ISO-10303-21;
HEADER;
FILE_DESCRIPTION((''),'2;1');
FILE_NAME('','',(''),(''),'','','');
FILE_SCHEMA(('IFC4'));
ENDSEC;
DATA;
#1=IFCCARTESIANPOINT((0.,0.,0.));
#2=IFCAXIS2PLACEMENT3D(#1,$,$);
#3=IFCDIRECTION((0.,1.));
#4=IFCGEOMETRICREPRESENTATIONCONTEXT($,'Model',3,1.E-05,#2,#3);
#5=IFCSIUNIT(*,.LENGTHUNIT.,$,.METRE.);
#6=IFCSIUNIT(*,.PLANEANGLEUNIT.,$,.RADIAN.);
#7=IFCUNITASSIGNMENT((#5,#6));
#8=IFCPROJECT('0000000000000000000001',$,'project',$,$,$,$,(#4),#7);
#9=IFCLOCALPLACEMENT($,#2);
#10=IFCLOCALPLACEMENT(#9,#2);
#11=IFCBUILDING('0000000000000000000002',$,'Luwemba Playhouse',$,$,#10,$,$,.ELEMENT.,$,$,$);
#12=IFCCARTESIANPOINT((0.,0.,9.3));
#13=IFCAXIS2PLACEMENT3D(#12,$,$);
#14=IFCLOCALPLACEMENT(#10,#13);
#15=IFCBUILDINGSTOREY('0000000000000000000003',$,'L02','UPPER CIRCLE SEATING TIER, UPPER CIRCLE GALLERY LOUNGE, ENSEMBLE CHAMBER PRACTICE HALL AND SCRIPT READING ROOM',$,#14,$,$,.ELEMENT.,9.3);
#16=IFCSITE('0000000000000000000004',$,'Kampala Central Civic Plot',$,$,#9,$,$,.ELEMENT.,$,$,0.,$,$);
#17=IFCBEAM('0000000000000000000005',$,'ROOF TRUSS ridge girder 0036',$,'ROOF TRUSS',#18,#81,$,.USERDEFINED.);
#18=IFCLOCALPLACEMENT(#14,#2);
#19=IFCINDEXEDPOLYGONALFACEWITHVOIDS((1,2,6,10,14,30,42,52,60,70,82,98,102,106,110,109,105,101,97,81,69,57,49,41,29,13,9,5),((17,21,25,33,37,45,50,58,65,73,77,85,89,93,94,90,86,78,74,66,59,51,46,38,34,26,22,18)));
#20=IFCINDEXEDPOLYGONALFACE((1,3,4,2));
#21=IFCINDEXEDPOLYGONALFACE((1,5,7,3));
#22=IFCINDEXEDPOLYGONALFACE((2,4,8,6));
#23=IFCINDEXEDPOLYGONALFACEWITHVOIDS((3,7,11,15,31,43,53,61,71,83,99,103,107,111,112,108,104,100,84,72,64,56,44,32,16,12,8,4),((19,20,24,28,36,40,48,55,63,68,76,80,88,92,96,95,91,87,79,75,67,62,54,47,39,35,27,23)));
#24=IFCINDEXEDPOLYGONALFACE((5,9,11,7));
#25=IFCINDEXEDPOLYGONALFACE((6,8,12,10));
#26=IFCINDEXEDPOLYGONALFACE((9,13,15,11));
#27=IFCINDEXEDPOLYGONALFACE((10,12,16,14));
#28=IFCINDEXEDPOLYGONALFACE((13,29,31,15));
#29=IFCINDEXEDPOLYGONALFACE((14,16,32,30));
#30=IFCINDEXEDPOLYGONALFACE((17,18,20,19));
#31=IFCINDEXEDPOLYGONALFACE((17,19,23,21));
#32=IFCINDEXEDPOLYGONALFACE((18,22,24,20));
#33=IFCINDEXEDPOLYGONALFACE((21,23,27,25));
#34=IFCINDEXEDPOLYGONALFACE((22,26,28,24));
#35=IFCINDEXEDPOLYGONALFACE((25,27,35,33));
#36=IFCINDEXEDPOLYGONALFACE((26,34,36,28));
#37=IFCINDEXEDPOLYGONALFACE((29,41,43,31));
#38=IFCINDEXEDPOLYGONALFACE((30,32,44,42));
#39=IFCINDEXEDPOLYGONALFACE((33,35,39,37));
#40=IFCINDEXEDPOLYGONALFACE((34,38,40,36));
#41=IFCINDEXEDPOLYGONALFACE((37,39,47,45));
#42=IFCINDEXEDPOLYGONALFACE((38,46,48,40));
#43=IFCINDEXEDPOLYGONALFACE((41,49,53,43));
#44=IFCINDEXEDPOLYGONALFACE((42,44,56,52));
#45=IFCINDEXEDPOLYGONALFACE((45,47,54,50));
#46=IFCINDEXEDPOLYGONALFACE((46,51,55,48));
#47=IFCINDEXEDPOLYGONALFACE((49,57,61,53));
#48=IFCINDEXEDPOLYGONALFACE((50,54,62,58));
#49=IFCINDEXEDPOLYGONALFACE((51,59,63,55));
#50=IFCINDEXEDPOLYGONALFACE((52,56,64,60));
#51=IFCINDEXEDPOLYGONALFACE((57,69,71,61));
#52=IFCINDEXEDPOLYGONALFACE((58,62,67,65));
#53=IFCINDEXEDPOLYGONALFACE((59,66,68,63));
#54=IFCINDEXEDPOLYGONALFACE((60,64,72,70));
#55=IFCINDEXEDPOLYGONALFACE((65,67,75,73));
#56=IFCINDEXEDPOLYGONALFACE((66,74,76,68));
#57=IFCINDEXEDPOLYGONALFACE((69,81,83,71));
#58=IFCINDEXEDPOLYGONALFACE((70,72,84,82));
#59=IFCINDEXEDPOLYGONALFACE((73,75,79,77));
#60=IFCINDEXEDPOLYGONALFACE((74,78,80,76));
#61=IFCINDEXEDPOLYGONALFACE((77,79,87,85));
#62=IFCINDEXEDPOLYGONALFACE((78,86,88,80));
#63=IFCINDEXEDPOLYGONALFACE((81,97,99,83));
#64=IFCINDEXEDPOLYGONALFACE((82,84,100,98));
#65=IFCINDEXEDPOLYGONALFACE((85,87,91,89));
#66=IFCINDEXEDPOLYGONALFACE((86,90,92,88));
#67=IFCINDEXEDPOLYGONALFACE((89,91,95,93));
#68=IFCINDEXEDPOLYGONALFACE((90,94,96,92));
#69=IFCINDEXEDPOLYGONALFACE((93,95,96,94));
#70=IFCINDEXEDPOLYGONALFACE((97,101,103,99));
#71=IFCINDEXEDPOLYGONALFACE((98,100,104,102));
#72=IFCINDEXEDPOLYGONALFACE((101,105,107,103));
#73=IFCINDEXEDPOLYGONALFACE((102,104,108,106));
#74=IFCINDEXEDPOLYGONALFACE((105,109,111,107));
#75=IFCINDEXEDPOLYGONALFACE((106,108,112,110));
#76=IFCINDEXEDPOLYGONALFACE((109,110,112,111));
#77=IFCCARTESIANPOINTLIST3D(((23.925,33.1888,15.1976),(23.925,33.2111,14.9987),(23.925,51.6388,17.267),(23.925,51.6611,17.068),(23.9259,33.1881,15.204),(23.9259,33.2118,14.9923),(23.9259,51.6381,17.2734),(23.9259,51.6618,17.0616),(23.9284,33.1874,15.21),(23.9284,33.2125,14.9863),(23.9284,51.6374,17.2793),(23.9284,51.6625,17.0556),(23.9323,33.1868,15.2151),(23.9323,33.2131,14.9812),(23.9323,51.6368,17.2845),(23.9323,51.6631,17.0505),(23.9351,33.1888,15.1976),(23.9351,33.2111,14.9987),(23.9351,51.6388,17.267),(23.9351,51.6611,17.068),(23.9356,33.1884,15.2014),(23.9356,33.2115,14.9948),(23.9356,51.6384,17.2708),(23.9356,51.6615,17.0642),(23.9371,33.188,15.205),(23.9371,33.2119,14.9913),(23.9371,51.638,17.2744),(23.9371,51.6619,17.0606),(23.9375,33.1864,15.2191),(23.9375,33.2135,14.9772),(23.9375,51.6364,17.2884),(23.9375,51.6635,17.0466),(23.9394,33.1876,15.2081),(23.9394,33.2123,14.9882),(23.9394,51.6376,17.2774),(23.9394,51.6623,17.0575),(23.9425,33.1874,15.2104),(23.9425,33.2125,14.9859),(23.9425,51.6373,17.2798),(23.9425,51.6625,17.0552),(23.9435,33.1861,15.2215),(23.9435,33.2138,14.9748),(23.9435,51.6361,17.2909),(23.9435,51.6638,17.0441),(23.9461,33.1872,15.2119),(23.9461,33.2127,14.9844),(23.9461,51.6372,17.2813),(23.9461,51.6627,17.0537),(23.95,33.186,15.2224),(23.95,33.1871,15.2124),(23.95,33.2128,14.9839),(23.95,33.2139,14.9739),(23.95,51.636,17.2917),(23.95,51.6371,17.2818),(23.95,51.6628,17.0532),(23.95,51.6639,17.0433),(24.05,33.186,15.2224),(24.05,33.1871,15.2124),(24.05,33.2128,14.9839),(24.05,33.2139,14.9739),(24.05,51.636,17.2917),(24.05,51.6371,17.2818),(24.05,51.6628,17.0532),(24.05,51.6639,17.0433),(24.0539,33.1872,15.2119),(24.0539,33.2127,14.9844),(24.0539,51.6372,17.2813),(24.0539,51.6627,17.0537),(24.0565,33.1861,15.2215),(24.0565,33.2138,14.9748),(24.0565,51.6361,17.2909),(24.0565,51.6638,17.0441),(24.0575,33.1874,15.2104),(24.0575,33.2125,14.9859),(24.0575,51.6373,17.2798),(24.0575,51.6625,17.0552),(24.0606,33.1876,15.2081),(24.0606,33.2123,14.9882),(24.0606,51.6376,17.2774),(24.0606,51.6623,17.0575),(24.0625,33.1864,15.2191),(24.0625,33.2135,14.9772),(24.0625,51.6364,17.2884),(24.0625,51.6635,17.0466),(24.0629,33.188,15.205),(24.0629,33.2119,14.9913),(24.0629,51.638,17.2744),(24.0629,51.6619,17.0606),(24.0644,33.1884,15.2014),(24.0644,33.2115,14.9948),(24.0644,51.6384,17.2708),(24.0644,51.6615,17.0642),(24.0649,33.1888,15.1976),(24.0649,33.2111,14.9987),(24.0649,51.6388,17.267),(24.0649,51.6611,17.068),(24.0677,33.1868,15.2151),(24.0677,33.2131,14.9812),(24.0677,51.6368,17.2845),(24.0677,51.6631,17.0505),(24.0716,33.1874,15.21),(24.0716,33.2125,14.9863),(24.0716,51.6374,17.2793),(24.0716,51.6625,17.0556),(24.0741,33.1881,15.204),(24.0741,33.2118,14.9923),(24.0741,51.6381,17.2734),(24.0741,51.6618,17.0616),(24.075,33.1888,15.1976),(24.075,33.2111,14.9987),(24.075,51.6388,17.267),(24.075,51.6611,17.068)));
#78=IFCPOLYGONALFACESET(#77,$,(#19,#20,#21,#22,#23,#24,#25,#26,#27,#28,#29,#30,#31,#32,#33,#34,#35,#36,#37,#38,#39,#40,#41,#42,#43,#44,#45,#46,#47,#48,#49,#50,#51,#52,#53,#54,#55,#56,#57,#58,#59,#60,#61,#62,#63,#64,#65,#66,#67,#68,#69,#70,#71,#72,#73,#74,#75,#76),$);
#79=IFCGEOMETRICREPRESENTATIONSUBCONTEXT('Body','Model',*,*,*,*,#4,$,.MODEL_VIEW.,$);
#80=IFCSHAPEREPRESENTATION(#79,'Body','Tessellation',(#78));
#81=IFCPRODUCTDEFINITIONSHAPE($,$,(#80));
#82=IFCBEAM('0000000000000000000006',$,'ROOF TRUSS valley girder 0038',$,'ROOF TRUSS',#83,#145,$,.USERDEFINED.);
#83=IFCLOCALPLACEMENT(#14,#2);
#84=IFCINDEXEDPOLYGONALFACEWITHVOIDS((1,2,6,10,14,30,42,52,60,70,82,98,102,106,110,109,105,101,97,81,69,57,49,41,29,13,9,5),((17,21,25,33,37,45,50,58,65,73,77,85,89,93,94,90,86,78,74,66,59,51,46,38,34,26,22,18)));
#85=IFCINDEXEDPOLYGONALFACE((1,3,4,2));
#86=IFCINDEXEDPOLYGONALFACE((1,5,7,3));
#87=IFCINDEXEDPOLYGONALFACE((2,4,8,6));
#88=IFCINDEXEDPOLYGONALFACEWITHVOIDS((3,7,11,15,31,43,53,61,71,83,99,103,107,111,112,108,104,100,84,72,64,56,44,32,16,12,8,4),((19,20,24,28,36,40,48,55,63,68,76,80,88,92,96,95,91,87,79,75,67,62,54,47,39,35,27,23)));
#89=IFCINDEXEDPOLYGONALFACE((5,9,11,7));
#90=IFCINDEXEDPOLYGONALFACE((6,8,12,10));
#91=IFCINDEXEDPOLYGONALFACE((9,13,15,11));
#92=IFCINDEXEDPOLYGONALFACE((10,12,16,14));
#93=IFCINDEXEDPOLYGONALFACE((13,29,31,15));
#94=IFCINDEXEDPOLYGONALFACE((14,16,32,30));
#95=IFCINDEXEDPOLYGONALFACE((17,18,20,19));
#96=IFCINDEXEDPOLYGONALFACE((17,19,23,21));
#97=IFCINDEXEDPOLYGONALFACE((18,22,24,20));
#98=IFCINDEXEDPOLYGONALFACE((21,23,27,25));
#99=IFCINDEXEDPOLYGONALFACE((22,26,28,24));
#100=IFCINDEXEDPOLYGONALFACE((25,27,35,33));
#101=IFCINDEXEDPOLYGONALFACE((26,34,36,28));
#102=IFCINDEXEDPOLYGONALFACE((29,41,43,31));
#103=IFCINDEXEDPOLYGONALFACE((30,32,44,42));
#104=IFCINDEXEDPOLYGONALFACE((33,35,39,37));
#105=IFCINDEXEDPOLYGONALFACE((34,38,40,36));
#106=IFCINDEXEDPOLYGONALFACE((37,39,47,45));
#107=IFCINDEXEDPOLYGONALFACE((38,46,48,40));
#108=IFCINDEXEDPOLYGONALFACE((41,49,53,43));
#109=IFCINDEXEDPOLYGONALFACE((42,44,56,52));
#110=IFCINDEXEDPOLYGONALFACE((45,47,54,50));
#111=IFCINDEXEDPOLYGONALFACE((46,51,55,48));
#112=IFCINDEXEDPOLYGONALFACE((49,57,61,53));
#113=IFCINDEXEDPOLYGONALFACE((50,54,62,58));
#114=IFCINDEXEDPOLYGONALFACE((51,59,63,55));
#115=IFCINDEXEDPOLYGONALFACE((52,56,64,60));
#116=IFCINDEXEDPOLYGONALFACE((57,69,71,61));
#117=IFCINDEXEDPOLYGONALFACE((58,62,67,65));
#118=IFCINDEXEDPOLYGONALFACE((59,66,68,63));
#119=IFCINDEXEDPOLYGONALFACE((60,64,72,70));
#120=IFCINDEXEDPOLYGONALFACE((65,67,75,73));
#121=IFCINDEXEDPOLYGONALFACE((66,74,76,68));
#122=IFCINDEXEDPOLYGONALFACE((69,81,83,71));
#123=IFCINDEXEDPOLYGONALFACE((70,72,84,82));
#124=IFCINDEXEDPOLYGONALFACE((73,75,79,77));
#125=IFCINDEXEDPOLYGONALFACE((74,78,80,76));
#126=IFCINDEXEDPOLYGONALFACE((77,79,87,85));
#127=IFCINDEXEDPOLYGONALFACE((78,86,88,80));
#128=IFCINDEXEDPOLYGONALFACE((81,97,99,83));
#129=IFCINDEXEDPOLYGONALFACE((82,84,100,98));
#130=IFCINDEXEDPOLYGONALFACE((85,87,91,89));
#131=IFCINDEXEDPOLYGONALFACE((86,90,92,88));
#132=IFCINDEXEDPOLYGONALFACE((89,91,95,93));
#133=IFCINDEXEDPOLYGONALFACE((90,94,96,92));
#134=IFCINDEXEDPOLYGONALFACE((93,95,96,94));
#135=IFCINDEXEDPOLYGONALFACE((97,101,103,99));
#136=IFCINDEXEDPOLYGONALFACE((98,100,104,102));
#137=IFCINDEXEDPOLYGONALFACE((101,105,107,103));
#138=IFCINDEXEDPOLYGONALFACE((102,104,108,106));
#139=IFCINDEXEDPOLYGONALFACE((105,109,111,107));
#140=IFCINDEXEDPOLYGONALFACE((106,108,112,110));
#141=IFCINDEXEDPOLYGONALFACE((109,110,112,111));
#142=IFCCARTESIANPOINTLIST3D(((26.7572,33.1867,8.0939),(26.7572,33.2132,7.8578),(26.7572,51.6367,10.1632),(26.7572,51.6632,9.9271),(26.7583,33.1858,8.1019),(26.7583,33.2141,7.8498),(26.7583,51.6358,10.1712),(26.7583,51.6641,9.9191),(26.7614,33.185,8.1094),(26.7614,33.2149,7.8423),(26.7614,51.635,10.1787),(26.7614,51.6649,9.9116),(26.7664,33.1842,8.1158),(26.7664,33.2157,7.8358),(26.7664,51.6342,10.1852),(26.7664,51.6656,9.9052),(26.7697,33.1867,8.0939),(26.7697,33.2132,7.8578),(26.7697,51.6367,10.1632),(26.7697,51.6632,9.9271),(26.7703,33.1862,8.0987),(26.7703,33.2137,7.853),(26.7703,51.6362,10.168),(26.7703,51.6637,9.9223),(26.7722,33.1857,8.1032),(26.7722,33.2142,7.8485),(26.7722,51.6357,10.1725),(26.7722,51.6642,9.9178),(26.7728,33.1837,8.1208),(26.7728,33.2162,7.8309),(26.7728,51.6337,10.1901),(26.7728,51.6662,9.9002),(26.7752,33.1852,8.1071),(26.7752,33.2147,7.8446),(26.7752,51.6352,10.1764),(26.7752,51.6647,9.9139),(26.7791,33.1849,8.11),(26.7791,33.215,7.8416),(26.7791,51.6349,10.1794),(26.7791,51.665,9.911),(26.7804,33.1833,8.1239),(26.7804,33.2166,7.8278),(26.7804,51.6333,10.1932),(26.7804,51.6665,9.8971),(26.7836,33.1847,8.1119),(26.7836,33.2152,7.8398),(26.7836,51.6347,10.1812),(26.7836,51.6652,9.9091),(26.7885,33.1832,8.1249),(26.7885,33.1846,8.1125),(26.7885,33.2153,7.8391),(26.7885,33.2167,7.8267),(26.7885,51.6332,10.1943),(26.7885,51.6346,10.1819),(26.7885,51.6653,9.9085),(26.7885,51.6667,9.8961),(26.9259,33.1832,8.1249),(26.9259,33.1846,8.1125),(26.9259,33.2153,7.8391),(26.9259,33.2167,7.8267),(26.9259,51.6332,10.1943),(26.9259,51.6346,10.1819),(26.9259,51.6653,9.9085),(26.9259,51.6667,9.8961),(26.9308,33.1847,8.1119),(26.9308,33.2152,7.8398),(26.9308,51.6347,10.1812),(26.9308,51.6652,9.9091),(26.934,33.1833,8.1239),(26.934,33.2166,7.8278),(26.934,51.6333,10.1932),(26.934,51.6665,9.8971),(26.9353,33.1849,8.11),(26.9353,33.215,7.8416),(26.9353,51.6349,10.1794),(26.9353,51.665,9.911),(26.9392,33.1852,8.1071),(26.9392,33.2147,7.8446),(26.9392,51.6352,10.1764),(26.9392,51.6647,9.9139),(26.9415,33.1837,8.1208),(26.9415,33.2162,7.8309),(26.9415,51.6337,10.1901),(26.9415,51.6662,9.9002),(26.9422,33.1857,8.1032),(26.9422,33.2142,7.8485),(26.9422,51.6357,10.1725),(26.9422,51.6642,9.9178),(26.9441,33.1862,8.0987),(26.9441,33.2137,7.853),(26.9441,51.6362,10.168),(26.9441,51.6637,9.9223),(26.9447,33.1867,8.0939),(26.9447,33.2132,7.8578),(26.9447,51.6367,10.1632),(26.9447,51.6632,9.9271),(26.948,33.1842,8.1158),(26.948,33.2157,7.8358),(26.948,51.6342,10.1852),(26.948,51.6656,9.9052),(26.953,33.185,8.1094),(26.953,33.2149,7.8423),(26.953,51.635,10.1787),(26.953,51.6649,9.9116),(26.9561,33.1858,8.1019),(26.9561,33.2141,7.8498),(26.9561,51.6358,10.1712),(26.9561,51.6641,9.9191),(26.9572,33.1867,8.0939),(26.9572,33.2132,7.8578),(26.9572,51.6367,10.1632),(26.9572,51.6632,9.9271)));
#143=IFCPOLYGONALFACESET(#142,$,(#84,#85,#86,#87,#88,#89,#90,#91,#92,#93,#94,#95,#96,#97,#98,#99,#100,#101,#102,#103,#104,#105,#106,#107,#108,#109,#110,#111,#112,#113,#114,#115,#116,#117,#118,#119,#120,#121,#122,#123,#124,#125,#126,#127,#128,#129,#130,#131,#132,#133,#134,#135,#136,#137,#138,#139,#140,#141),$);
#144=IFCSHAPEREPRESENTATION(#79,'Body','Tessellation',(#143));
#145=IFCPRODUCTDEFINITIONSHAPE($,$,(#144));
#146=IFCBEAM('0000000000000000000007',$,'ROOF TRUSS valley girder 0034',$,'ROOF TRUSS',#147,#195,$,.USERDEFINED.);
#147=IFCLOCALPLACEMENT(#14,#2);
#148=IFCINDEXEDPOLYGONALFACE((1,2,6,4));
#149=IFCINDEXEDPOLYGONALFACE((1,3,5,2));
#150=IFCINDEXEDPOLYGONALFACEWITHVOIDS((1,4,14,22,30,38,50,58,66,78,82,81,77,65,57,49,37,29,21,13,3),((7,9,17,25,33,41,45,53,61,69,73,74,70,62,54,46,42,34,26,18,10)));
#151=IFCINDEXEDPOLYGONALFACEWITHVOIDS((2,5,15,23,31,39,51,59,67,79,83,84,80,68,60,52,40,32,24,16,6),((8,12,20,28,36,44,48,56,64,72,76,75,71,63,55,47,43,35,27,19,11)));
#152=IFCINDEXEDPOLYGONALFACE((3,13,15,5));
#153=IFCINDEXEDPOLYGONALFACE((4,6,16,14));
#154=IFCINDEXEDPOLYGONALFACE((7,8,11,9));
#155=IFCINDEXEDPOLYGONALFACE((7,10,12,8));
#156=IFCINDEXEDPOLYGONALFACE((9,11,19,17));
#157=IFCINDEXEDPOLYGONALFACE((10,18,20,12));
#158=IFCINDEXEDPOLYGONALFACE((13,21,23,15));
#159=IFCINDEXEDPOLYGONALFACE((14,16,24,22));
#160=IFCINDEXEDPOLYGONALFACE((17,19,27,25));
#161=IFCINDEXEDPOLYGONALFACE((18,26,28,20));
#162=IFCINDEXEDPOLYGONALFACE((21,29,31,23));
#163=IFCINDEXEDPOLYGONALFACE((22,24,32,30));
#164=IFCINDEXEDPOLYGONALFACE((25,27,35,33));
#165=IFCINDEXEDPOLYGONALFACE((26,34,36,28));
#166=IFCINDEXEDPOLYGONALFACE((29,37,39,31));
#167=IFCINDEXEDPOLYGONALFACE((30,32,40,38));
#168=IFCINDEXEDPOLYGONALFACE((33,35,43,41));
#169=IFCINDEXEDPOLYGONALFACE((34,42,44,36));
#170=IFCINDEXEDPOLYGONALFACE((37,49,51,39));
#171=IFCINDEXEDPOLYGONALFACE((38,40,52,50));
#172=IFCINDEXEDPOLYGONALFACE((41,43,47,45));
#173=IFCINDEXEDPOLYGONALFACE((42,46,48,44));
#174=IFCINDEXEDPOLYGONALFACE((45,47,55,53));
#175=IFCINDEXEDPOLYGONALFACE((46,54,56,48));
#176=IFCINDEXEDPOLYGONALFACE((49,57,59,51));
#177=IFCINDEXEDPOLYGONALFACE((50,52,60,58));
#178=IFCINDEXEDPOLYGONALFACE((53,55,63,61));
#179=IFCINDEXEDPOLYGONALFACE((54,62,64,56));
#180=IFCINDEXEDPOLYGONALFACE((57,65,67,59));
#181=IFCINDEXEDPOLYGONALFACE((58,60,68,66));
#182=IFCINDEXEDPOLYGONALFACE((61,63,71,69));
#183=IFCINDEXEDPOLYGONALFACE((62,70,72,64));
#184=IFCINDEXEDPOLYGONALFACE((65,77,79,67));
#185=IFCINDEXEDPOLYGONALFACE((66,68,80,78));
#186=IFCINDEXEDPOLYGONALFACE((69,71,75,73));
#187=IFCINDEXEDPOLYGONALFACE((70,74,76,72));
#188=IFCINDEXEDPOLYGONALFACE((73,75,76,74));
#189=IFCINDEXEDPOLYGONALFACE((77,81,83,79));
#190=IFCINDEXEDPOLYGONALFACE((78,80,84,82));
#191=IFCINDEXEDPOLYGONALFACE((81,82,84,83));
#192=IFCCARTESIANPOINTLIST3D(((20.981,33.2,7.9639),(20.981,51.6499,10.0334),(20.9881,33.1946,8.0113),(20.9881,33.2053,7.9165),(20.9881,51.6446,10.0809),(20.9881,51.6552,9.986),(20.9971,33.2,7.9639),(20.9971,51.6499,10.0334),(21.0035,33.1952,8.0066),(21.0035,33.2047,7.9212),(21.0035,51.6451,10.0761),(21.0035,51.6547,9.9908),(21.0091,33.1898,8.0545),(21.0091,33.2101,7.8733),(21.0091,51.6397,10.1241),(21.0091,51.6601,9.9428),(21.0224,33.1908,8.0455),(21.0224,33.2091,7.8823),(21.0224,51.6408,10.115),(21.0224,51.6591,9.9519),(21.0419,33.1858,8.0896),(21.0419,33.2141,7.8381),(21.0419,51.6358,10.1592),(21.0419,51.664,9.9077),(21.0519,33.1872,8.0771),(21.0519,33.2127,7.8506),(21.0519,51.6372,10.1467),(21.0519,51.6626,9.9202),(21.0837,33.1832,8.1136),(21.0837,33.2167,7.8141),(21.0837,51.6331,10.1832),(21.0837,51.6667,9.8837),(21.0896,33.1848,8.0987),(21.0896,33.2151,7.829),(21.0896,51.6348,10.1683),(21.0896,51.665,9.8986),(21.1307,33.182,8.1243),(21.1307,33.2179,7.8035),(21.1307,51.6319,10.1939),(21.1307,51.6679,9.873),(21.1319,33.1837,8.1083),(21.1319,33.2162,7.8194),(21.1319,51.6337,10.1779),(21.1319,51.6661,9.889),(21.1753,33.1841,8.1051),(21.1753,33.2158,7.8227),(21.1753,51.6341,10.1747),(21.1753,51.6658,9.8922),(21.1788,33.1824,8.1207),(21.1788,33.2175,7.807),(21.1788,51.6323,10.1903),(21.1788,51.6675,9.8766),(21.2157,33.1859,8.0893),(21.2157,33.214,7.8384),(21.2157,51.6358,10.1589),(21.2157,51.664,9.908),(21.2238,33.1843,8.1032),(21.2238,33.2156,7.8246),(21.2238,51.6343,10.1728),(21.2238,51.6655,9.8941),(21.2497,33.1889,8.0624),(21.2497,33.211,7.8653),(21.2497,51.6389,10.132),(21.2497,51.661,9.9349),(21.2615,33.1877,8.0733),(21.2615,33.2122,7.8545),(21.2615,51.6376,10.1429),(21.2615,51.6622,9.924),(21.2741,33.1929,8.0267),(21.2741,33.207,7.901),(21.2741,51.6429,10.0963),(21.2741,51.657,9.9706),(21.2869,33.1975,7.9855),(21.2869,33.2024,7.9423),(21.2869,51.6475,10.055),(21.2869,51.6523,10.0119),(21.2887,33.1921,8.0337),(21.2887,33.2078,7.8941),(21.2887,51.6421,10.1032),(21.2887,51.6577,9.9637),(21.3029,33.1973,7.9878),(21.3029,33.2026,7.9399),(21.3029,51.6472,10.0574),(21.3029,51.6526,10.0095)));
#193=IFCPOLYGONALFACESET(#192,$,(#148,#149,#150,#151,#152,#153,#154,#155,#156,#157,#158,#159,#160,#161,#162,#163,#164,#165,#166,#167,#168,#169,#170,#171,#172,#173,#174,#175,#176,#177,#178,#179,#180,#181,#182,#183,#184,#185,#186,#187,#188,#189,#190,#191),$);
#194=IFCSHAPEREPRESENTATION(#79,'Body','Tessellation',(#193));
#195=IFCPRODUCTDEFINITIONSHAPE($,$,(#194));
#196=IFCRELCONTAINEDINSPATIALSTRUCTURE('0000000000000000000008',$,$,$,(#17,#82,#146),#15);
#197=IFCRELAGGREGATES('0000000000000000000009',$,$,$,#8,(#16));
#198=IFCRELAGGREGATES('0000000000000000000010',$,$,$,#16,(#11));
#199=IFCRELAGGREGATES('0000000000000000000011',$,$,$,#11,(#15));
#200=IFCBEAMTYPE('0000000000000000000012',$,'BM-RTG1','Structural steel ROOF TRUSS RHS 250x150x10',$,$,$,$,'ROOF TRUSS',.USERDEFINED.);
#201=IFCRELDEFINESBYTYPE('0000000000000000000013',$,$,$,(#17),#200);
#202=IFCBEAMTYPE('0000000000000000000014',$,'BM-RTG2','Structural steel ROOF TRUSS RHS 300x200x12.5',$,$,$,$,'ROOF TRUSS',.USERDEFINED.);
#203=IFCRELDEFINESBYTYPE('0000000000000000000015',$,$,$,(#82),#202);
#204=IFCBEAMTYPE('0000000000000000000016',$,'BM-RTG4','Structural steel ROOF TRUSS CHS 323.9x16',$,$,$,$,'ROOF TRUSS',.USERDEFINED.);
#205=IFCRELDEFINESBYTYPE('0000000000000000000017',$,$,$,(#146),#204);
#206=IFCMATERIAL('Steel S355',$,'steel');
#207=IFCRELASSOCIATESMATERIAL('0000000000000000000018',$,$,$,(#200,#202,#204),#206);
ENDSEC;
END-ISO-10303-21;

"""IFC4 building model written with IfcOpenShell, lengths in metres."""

from ifc_helpers import new_model, si_unit, direction, frame, origin, origin_2d, place, context, subcontext, project, spatial, hollow_rectangle, hollow_circle, extrude, material, material_profile, profile_set, type_object, element, save


model = new_model("IFC4")

# Units and contexts
model_context = context("Model", 3, precision=1e-05, world=origin(), true_north=direction((0.0, 1.0)))
body_context = subcontext(model_context, "Body", "Model", "MODEL_VIEW")
ifc_project = project(units=[si_unit("LENGTHUNIT", "METRE"), si_unit("PLANEANGLEUNIT", "RADIAN")], contexts=[model_context])

# Site, building, storey
site_placement = place(None, origin())
site = spatial("IfcSite", under=ifc_project, at=site_placement, Name="Kampala Central Civic Plot", CompositionType="ELEMENT", RefElevation=0.0)
building_placement = place(site_placement, origin())
building = spatial("IfcBuilding", under=site, at=building_placement, Name="Luwemba Playhouse", CompositionType="ELEMENT")
storey_placement = place(building_placement, frame((0.0, 0.0, 9.3)))
storey = spatial("IfcBuildingStorey", under=building, at=storey_placement, Name="L02", Description="UPPER CIRCLE SEATING TIER, UPPER CIRCLE GALLERY LOUNGE, ENSEMBLE CHAMBER PRACTICE HALL AND SCRIPT READING ROOM", CompositionType="ELEMENT", Elevation=9.3)

# Shared definitions
ifc_material_1 = material(Name="Steel S355", Category="steel")

# Beams
ifc_material_profile_1 = material_profile(ifc_material_1, hollow_rectangle(XDim=0.1499, YDim=0.25, WallThickness=0.01, InnerFilletRadius=0.0149, OuterFilletRadius=0.0249, at=origin_2d()))
ifc_profile_set_1 = profile_set([ifc_material_profile_1], Name="Steel S355")
beam_type_1 = type_object("IfcBeamType", Name="BM-RTG1", Description="Structural steel ROOF TRUSS RHS 250x150x10", ElementType="ROOF TRUSS", PredefinedType="USERDEFINED", material=ifc_profile_set_1)
beam_1_placement = place(storey_placement, frame((24.0, 33.2, 15.0981), z_axis=(0.0, 0.993769, 0.111461), x_axis=(-1.0, 0.0, 0.0)))
element("IfcBeam", 1, at=beam_1_placement, inside=storey, type_object=beam_type_1, Name="ROOF TRUSS ridge girder 0036", ObjectType="ROOF TRUSS", PredefinedType="USERDEFINED", context=body_context, shape_type="SweptSolid", body=[
    extrude(hollow_rectangle(XDim=0.1499, YDim=0.25, WallThickness=0.01, InnerFilletRadius=0.0149, OuterFilletRadius=0.0249, at=origin_2d()), origin(), (0.0, 0.0, 1.0), 18.5657),
])
ifc_material_profile_2 = material_profile(ifc_material_1, hollow_rectangle(XDim=0.2, YDim=0.3, WallThickness=0.0125, InnerFilletRadius=0.0188, OuterFilletRadius=0.0312, at=origin_2d()))
ifc_profile_set_2 = profile_set([ifc_material_profile_2], Name="Steel S355")
beam_type_2 = type_object("IfcBeamType", Name="BM-RTG2", Description="Structural steel ROOF TRUSS RHS 300x200x12.5", ElementType="ROOF TRUSS", PredefinedType="USERDEFINED", material=ifc_profile_set_2)
beam_2_placement = place(storey_placement, frame((26.8572, 33.2, 7.9758), z_axis=(0.0, 0.993769, 0.111461), x_axis=(-1.0, 0.0, 0.0)))
element("IfcBeam", 2, at=beam_2_placement, inside=storey, type_object=beam_type_2, Name="ROOF TRUSS valley girder 0038", ObjectType="ROOF TRUSS", PredefinedType="USERDEFINED", context=body_context, shape_type="SweptSolid", body=[
    extrude(hollow_rectangle(XDim=0.2, YDim=0.3, WallThickness=0.0125, InnerFilletRadius=0.0188, OuterFilletRadius=0.0312, at=origin_2d()), origin(), (0.0, 0.0, 1.0), 18.5657),
])
ifc_material_profile_3 = material_profile(ifc_material_1, hollow_circle(Radius=0.1619, WallThickness=0.0161, at=origin_2d()))
ifc_profile_set_3 = profile_set([ifc_material_profile_3], Name="Steel S355")
beam_type_3 = type_object("IfcBeamType", Name="BM-RTG4", Description="Structural steel ROOF TRUSS CHS 323.9x16", ElementType="ROOF TRUSS", PredefinedType="USERDEFINED", material=ifc_profile_set_3)
beam_3_placement = place(storey_placement, frame((21.1428, 33.2, 7.9639), z_axis=(0.0, 0.993767, 0.111474), x_axis=(-1.0, 0.0, 0.0)))
element("IfcBeam", 3, at=beam_3_placement, inside=storey, type_object=beam_type_3, Name="ROOF TRUSS valley girder 0034", ObjectType="ROOF TRUSS", PredefinedType="USERDEFINED", context=body_context, shape_type="SweptSolid", body=[
    extrude(hollow_circle(Radius=0.1619, WallThickness=0.0161, at=origin_2d()), origin(), (0.0, 0.0, 1.0), 18.5657),
])

save(model, "model.ifc")
